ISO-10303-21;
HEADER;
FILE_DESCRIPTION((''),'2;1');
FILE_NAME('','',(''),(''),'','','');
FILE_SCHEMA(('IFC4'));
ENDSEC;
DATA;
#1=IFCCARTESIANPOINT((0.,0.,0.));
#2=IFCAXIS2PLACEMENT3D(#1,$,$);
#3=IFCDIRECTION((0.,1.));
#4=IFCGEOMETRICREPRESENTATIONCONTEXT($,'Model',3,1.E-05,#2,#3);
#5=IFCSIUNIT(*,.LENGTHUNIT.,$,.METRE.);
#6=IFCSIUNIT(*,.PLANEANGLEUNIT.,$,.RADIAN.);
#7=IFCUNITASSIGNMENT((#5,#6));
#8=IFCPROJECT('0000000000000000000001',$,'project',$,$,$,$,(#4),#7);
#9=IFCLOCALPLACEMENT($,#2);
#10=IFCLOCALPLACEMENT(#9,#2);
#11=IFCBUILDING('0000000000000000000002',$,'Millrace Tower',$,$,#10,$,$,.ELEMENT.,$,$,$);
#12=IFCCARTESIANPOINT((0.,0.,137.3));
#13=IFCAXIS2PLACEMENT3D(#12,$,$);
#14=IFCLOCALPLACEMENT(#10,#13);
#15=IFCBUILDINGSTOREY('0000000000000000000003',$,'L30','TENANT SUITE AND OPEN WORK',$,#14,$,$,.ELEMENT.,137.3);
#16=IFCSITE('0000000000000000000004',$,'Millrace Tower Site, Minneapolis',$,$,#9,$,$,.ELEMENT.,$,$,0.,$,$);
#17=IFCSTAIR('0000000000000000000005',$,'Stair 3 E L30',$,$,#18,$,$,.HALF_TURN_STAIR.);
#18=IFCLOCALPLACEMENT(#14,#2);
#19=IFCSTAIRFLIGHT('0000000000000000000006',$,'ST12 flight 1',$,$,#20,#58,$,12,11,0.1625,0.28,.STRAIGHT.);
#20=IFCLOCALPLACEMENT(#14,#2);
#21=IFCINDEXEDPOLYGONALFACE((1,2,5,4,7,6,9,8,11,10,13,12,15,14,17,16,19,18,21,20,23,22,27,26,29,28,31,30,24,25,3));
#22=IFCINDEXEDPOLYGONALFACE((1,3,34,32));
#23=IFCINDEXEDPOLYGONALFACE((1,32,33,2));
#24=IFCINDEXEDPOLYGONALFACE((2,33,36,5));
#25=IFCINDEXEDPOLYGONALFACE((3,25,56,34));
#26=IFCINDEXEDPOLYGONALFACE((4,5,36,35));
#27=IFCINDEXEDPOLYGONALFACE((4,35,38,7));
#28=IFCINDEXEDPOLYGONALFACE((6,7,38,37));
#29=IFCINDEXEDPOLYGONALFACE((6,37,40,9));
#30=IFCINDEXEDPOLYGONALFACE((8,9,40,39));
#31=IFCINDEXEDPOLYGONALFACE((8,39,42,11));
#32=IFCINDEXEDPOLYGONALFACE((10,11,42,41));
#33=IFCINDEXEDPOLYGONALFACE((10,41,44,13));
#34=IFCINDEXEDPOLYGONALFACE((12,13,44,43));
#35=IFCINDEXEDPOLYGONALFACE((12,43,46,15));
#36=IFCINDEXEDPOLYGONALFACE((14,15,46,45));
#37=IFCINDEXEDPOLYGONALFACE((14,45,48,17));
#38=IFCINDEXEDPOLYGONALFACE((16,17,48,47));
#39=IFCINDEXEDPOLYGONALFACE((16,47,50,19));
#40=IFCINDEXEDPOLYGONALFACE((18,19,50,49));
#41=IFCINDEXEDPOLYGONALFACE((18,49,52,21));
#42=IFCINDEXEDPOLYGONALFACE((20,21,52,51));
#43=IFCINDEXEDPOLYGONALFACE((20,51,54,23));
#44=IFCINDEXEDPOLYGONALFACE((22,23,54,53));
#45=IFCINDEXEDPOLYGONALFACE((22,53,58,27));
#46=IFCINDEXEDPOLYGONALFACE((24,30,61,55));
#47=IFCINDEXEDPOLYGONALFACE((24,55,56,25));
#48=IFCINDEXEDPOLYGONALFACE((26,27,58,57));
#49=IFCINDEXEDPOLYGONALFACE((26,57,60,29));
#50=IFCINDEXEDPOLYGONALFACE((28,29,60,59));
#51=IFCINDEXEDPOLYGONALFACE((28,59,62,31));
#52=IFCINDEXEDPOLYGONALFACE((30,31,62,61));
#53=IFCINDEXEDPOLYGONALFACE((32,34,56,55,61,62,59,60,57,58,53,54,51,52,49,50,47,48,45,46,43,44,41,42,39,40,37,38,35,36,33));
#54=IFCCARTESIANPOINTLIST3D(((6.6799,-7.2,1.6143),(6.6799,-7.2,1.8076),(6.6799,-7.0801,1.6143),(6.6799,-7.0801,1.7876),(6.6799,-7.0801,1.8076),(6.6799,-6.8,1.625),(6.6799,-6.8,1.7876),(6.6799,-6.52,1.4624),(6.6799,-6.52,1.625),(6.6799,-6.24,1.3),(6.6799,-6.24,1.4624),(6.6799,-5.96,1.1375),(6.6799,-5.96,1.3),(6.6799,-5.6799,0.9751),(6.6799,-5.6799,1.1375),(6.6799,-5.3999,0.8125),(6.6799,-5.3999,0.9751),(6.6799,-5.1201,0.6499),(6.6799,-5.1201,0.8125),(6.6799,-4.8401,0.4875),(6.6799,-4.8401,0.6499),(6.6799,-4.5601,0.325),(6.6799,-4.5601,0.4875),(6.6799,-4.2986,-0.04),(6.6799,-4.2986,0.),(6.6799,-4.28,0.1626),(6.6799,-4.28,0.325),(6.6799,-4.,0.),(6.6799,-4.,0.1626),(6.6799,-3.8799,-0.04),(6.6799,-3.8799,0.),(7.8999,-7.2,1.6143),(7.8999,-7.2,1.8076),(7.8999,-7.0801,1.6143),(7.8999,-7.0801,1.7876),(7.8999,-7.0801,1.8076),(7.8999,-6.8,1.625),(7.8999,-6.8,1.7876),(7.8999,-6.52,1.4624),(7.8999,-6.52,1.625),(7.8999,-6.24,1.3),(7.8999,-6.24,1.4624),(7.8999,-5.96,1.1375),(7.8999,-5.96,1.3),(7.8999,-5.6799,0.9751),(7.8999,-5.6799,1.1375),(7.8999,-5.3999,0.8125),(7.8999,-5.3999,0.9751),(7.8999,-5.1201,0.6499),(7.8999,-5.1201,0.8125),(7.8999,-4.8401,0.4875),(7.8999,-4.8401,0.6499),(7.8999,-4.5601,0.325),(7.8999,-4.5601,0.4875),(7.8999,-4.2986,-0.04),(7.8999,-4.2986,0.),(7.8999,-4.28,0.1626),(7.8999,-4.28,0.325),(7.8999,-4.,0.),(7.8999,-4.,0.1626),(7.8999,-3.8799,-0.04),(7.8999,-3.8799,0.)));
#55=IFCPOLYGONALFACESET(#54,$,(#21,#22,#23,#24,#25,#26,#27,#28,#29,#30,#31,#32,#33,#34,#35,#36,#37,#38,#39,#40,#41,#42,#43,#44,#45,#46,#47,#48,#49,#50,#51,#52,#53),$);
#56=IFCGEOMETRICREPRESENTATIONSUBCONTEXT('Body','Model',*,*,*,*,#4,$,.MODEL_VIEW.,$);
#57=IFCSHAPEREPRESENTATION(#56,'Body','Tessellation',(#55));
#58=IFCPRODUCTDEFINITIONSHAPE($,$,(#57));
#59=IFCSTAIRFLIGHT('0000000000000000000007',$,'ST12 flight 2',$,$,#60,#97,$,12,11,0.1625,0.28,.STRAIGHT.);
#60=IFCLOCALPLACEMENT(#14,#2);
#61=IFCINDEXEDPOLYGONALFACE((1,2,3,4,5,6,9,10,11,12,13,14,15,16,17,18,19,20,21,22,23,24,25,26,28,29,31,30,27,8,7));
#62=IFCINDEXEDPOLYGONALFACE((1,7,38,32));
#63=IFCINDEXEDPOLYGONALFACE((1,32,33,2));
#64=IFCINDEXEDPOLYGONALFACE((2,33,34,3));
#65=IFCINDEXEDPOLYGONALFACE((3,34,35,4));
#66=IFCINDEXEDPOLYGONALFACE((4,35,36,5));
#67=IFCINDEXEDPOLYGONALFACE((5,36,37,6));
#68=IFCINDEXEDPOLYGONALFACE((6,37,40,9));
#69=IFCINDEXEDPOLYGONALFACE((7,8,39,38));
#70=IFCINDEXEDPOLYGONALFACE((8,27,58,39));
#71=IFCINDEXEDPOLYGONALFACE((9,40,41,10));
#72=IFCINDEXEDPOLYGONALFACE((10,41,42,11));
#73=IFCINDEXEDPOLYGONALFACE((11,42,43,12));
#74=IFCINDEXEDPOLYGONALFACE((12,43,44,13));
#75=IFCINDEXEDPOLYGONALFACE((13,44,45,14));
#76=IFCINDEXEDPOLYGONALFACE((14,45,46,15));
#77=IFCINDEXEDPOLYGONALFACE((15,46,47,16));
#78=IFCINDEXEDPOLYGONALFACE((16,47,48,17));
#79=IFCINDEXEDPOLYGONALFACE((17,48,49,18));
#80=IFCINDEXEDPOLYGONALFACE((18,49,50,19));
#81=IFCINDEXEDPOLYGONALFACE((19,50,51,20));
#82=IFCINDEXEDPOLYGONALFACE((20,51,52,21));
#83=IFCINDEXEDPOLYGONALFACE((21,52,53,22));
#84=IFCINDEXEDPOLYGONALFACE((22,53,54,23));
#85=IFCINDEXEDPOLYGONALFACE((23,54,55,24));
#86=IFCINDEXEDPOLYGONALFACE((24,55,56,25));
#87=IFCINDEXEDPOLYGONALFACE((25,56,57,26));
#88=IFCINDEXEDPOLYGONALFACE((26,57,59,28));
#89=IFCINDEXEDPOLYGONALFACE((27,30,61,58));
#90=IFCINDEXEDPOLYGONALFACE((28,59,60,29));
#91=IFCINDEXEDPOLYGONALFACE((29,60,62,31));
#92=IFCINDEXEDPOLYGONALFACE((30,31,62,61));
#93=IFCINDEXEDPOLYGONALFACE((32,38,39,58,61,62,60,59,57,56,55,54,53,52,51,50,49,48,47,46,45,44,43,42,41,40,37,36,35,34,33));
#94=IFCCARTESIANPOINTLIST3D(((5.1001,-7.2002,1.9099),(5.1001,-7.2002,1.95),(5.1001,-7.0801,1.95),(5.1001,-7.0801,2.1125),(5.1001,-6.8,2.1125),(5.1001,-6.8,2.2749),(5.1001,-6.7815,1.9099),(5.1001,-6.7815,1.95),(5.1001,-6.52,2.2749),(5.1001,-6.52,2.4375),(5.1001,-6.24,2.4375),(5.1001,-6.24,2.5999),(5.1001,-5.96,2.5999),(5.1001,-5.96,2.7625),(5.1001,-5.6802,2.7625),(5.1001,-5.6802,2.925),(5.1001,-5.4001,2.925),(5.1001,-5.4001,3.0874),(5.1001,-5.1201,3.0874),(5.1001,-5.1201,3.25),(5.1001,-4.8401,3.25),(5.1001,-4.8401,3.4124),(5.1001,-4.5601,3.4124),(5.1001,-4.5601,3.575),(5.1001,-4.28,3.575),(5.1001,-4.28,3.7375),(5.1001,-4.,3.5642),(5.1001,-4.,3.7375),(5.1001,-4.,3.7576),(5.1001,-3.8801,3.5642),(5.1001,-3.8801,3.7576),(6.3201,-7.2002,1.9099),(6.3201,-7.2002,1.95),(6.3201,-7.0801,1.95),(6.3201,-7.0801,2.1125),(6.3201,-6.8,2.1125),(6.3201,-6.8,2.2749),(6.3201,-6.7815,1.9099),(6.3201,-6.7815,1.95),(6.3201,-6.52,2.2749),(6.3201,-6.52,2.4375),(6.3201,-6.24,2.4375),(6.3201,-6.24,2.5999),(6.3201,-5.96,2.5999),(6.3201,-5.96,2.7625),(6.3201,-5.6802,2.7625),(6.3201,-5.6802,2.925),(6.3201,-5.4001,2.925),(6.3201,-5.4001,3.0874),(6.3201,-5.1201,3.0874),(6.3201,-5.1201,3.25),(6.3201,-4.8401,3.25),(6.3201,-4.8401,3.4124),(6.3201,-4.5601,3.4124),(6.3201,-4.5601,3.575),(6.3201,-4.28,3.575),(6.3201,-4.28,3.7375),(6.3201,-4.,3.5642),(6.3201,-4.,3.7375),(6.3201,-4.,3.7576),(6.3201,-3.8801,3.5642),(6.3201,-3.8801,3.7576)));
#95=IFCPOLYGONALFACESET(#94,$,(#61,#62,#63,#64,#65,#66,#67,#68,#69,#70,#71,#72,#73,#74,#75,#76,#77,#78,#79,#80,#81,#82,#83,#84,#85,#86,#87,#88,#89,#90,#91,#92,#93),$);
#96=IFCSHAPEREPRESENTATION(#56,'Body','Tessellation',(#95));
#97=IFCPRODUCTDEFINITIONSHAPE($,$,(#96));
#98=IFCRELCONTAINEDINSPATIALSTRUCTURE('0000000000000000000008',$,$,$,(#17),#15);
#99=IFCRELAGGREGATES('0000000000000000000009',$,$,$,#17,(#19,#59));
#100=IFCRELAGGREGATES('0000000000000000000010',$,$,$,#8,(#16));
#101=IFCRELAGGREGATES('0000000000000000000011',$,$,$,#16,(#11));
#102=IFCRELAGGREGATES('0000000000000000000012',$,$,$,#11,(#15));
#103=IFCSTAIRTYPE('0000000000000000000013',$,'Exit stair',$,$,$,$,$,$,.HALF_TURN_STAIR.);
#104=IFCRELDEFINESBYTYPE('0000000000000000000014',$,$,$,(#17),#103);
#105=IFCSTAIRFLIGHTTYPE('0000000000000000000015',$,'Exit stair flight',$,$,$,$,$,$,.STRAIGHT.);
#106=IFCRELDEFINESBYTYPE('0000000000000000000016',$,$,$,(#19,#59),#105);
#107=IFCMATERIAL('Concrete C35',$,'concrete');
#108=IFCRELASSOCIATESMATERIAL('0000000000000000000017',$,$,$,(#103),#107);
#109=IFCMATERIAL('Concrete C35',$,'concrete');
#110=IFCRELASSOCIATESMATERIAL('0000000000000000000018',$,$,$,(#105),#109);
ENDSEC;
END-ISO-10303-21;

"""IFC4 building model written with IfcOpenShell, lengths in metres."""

from ifc_helpers import new_model, si_unit, direction, frame, origin, place, context, subcontext, project, spatial, polyline, outline, extrude, material, type_object, element, aggregate, save


model = new_model("IFC4")

# Units and contexts
model_context = context("Model", 3, precision=1e-05, world=origin(), true_north=direction((0.0, 1.0)))
body_context = subcontext(model_context, "Body", "Model", "MODEL_VIEW")
ifc_project = project(units=[si_unit("LENGTHUNIT", "METRE"), si_unit("PLANEANGLEUNIT", "RADIAN")], contexts=[model_context])

# Site, building, storey
site_placement = place(None, origin())
site = spatial("IfcSite", under=ifc_project, at=site_placement, Name="Millrace Tower Site, Minneapolis", CompositionType="ELEMENT", RefElevation=0.0)
building_placement = place(site_placement, origin())
building = spatial("IfcBuilding", under=site, at=building_placement, Name="Millrace Tower", CompositionType="ELEMENT")
storey_placement = place(building_placement, frame((0.0, 0.0, 137.3)))
storey = spatial("IfcBuildingStorey", under=building, at=storey_placement, Name="L30", Description="TENANT SUITE AND OPEN WORK", CompositionType="ELEMENT", Elevation=137.3)

# Shared definitions
placement = place(storey_placement, origin())

# Shared definitions
ifc_material_1 = material(Name="Concrete C35", Category="concrete")
stair_type = type_object("IfcStairType", Name="Exit stair", PredefinedType="HALF_TURN_STAIR", material=ifc_material_1)
ifc_material_2 = material(Name="Concrete C35", Category="concrete")
stair_flight_type = type_object("IfcStairFlightType", Name="Exit stair flight", PredefinedType="STRAIGHT", material=ifc_material_2)

# Stair, stair flights
stair_1 = element("IfcStair", 1, at=placement, inside=storey, type_object=stair_type, Name="Stair 3 E L30", PredefinedType="HALF_TURN_STAIR")
stair_flight_1_placement = place(storey_placement, frame((7.29, -4.0, 0.0), z_axis=(0.0, 0.0, 1.0), x_axis=(0.0, -1.0, 0.0)))
stair_flight_1 = element("IfcStairFlight", 2, at=stair_flight_1_placement, type_object=stair_flight_type, Name="ST12 flight 1", NumberOfRisers=12, NumberOfTreads=11, PredefinedType="STRAIGHT", RiserHeight=0.1625, TreadLength=0.28, context=body_context, shape_type="SweptSolid", body=[
    extrude(outline(polyline([(-0.1201, -0.04), (-0.1201, 0.0), (0.0, 0.0), (0.0, 0.1626), (0.28, 0.1626), (0.28, 0.325), (0.5601, 0.325), (0.5601, 0.4875), (0.8401, 0.4875), (0.8401, 0.6499), (1.1201, 0.6499), (1.1201, 0.8125), (1.3999, 0.8125), (1.3999, 0.9751), (1.6799, 0.9751), (1.6799, 1.1375), (1.96, 1.1375), (1.96, 1.3), (2.24, 1.3), (2.24, 1.4624), (2.52, 1.4624), (2.52, 1.625), (2.8, 1.625), (2.8, 1.7876), (3.0801, 1.7876), (3.0801, 1.8076), (3.2, 1.8076), (3.2, 1.6143), (3.0801, 1.6143), (0.2986, 0.0), (0.2986, -0.04), (-0.1201, -0.04)])), frame((0.0, 0.6099, 0.0), z_axis=(0.0, -1.0, 0.0), x_axis=(1.0, 0.0, 0.0)), (0.0, 0.0, 1.0), 1.22),
])
stair_flight_2_placement = place(storey_placement, frame((5.71, -7.0801, 1.95), z_axis=(0.0, 0.0, 1.0), x_axis=(0.0, 1.0, 0.0)))
stair_flight_2 = element("IfcStairFlight", 3, at=stair_flight_2_placement, type_object=stair_flight_type, Name="ST12 flight 2", NumberOfRisers=12, NumberOfTreads=11, PredefinedType="STRAIGHT", RiserHeight=0.1625, TreadLength=0.28, context=body_context, shape_type="SweptSolid", body=[
    extrude(outline(polyline([(-0.1201, -0.04), (-0.1201, 0.0), (0.0, 0.0), (0.0, 0.1626), (0.28, 0.1626), (0.28, 0.325), (0.5601, 0.325), (0.5601, 0.4875), (0.8401, 0.4875), (0.8401, 0.6499), (1.1201, 0.6499), (1.1201, 0.8125), (1.3999, 0.8125), (1.3999, 0.9751), (1.6799, 0.9751), (1.6799, 1.1375), (1.96, 1.1375), (1.96, 1.3), (2.24, 1.3), (2.24, 1.4624), (2.52, 1.4624), (2.52, 1.625), (2.8, 1.625), (2.8, 1.7876), (3.0801, 1.7876), (3.0801, 1.8076), (3.2, 1.8076), (3.2, 1.6143), (3.0801, 1.6143), (0.2986, 0.0), (0.2986, -0.04), (-0.1201, -0.04)])), frame((0.0, 0.6099, 0.0), z_axis=(0.0, -1.0, 0.0), x_axis=(1.0, 0.0, 0.0)), (0.0, 0.0, 1.0), 1.22),
])
aggregate(stair_1, [stair_flight_1, stair_flight_2])

save(model, "model.ifc")
